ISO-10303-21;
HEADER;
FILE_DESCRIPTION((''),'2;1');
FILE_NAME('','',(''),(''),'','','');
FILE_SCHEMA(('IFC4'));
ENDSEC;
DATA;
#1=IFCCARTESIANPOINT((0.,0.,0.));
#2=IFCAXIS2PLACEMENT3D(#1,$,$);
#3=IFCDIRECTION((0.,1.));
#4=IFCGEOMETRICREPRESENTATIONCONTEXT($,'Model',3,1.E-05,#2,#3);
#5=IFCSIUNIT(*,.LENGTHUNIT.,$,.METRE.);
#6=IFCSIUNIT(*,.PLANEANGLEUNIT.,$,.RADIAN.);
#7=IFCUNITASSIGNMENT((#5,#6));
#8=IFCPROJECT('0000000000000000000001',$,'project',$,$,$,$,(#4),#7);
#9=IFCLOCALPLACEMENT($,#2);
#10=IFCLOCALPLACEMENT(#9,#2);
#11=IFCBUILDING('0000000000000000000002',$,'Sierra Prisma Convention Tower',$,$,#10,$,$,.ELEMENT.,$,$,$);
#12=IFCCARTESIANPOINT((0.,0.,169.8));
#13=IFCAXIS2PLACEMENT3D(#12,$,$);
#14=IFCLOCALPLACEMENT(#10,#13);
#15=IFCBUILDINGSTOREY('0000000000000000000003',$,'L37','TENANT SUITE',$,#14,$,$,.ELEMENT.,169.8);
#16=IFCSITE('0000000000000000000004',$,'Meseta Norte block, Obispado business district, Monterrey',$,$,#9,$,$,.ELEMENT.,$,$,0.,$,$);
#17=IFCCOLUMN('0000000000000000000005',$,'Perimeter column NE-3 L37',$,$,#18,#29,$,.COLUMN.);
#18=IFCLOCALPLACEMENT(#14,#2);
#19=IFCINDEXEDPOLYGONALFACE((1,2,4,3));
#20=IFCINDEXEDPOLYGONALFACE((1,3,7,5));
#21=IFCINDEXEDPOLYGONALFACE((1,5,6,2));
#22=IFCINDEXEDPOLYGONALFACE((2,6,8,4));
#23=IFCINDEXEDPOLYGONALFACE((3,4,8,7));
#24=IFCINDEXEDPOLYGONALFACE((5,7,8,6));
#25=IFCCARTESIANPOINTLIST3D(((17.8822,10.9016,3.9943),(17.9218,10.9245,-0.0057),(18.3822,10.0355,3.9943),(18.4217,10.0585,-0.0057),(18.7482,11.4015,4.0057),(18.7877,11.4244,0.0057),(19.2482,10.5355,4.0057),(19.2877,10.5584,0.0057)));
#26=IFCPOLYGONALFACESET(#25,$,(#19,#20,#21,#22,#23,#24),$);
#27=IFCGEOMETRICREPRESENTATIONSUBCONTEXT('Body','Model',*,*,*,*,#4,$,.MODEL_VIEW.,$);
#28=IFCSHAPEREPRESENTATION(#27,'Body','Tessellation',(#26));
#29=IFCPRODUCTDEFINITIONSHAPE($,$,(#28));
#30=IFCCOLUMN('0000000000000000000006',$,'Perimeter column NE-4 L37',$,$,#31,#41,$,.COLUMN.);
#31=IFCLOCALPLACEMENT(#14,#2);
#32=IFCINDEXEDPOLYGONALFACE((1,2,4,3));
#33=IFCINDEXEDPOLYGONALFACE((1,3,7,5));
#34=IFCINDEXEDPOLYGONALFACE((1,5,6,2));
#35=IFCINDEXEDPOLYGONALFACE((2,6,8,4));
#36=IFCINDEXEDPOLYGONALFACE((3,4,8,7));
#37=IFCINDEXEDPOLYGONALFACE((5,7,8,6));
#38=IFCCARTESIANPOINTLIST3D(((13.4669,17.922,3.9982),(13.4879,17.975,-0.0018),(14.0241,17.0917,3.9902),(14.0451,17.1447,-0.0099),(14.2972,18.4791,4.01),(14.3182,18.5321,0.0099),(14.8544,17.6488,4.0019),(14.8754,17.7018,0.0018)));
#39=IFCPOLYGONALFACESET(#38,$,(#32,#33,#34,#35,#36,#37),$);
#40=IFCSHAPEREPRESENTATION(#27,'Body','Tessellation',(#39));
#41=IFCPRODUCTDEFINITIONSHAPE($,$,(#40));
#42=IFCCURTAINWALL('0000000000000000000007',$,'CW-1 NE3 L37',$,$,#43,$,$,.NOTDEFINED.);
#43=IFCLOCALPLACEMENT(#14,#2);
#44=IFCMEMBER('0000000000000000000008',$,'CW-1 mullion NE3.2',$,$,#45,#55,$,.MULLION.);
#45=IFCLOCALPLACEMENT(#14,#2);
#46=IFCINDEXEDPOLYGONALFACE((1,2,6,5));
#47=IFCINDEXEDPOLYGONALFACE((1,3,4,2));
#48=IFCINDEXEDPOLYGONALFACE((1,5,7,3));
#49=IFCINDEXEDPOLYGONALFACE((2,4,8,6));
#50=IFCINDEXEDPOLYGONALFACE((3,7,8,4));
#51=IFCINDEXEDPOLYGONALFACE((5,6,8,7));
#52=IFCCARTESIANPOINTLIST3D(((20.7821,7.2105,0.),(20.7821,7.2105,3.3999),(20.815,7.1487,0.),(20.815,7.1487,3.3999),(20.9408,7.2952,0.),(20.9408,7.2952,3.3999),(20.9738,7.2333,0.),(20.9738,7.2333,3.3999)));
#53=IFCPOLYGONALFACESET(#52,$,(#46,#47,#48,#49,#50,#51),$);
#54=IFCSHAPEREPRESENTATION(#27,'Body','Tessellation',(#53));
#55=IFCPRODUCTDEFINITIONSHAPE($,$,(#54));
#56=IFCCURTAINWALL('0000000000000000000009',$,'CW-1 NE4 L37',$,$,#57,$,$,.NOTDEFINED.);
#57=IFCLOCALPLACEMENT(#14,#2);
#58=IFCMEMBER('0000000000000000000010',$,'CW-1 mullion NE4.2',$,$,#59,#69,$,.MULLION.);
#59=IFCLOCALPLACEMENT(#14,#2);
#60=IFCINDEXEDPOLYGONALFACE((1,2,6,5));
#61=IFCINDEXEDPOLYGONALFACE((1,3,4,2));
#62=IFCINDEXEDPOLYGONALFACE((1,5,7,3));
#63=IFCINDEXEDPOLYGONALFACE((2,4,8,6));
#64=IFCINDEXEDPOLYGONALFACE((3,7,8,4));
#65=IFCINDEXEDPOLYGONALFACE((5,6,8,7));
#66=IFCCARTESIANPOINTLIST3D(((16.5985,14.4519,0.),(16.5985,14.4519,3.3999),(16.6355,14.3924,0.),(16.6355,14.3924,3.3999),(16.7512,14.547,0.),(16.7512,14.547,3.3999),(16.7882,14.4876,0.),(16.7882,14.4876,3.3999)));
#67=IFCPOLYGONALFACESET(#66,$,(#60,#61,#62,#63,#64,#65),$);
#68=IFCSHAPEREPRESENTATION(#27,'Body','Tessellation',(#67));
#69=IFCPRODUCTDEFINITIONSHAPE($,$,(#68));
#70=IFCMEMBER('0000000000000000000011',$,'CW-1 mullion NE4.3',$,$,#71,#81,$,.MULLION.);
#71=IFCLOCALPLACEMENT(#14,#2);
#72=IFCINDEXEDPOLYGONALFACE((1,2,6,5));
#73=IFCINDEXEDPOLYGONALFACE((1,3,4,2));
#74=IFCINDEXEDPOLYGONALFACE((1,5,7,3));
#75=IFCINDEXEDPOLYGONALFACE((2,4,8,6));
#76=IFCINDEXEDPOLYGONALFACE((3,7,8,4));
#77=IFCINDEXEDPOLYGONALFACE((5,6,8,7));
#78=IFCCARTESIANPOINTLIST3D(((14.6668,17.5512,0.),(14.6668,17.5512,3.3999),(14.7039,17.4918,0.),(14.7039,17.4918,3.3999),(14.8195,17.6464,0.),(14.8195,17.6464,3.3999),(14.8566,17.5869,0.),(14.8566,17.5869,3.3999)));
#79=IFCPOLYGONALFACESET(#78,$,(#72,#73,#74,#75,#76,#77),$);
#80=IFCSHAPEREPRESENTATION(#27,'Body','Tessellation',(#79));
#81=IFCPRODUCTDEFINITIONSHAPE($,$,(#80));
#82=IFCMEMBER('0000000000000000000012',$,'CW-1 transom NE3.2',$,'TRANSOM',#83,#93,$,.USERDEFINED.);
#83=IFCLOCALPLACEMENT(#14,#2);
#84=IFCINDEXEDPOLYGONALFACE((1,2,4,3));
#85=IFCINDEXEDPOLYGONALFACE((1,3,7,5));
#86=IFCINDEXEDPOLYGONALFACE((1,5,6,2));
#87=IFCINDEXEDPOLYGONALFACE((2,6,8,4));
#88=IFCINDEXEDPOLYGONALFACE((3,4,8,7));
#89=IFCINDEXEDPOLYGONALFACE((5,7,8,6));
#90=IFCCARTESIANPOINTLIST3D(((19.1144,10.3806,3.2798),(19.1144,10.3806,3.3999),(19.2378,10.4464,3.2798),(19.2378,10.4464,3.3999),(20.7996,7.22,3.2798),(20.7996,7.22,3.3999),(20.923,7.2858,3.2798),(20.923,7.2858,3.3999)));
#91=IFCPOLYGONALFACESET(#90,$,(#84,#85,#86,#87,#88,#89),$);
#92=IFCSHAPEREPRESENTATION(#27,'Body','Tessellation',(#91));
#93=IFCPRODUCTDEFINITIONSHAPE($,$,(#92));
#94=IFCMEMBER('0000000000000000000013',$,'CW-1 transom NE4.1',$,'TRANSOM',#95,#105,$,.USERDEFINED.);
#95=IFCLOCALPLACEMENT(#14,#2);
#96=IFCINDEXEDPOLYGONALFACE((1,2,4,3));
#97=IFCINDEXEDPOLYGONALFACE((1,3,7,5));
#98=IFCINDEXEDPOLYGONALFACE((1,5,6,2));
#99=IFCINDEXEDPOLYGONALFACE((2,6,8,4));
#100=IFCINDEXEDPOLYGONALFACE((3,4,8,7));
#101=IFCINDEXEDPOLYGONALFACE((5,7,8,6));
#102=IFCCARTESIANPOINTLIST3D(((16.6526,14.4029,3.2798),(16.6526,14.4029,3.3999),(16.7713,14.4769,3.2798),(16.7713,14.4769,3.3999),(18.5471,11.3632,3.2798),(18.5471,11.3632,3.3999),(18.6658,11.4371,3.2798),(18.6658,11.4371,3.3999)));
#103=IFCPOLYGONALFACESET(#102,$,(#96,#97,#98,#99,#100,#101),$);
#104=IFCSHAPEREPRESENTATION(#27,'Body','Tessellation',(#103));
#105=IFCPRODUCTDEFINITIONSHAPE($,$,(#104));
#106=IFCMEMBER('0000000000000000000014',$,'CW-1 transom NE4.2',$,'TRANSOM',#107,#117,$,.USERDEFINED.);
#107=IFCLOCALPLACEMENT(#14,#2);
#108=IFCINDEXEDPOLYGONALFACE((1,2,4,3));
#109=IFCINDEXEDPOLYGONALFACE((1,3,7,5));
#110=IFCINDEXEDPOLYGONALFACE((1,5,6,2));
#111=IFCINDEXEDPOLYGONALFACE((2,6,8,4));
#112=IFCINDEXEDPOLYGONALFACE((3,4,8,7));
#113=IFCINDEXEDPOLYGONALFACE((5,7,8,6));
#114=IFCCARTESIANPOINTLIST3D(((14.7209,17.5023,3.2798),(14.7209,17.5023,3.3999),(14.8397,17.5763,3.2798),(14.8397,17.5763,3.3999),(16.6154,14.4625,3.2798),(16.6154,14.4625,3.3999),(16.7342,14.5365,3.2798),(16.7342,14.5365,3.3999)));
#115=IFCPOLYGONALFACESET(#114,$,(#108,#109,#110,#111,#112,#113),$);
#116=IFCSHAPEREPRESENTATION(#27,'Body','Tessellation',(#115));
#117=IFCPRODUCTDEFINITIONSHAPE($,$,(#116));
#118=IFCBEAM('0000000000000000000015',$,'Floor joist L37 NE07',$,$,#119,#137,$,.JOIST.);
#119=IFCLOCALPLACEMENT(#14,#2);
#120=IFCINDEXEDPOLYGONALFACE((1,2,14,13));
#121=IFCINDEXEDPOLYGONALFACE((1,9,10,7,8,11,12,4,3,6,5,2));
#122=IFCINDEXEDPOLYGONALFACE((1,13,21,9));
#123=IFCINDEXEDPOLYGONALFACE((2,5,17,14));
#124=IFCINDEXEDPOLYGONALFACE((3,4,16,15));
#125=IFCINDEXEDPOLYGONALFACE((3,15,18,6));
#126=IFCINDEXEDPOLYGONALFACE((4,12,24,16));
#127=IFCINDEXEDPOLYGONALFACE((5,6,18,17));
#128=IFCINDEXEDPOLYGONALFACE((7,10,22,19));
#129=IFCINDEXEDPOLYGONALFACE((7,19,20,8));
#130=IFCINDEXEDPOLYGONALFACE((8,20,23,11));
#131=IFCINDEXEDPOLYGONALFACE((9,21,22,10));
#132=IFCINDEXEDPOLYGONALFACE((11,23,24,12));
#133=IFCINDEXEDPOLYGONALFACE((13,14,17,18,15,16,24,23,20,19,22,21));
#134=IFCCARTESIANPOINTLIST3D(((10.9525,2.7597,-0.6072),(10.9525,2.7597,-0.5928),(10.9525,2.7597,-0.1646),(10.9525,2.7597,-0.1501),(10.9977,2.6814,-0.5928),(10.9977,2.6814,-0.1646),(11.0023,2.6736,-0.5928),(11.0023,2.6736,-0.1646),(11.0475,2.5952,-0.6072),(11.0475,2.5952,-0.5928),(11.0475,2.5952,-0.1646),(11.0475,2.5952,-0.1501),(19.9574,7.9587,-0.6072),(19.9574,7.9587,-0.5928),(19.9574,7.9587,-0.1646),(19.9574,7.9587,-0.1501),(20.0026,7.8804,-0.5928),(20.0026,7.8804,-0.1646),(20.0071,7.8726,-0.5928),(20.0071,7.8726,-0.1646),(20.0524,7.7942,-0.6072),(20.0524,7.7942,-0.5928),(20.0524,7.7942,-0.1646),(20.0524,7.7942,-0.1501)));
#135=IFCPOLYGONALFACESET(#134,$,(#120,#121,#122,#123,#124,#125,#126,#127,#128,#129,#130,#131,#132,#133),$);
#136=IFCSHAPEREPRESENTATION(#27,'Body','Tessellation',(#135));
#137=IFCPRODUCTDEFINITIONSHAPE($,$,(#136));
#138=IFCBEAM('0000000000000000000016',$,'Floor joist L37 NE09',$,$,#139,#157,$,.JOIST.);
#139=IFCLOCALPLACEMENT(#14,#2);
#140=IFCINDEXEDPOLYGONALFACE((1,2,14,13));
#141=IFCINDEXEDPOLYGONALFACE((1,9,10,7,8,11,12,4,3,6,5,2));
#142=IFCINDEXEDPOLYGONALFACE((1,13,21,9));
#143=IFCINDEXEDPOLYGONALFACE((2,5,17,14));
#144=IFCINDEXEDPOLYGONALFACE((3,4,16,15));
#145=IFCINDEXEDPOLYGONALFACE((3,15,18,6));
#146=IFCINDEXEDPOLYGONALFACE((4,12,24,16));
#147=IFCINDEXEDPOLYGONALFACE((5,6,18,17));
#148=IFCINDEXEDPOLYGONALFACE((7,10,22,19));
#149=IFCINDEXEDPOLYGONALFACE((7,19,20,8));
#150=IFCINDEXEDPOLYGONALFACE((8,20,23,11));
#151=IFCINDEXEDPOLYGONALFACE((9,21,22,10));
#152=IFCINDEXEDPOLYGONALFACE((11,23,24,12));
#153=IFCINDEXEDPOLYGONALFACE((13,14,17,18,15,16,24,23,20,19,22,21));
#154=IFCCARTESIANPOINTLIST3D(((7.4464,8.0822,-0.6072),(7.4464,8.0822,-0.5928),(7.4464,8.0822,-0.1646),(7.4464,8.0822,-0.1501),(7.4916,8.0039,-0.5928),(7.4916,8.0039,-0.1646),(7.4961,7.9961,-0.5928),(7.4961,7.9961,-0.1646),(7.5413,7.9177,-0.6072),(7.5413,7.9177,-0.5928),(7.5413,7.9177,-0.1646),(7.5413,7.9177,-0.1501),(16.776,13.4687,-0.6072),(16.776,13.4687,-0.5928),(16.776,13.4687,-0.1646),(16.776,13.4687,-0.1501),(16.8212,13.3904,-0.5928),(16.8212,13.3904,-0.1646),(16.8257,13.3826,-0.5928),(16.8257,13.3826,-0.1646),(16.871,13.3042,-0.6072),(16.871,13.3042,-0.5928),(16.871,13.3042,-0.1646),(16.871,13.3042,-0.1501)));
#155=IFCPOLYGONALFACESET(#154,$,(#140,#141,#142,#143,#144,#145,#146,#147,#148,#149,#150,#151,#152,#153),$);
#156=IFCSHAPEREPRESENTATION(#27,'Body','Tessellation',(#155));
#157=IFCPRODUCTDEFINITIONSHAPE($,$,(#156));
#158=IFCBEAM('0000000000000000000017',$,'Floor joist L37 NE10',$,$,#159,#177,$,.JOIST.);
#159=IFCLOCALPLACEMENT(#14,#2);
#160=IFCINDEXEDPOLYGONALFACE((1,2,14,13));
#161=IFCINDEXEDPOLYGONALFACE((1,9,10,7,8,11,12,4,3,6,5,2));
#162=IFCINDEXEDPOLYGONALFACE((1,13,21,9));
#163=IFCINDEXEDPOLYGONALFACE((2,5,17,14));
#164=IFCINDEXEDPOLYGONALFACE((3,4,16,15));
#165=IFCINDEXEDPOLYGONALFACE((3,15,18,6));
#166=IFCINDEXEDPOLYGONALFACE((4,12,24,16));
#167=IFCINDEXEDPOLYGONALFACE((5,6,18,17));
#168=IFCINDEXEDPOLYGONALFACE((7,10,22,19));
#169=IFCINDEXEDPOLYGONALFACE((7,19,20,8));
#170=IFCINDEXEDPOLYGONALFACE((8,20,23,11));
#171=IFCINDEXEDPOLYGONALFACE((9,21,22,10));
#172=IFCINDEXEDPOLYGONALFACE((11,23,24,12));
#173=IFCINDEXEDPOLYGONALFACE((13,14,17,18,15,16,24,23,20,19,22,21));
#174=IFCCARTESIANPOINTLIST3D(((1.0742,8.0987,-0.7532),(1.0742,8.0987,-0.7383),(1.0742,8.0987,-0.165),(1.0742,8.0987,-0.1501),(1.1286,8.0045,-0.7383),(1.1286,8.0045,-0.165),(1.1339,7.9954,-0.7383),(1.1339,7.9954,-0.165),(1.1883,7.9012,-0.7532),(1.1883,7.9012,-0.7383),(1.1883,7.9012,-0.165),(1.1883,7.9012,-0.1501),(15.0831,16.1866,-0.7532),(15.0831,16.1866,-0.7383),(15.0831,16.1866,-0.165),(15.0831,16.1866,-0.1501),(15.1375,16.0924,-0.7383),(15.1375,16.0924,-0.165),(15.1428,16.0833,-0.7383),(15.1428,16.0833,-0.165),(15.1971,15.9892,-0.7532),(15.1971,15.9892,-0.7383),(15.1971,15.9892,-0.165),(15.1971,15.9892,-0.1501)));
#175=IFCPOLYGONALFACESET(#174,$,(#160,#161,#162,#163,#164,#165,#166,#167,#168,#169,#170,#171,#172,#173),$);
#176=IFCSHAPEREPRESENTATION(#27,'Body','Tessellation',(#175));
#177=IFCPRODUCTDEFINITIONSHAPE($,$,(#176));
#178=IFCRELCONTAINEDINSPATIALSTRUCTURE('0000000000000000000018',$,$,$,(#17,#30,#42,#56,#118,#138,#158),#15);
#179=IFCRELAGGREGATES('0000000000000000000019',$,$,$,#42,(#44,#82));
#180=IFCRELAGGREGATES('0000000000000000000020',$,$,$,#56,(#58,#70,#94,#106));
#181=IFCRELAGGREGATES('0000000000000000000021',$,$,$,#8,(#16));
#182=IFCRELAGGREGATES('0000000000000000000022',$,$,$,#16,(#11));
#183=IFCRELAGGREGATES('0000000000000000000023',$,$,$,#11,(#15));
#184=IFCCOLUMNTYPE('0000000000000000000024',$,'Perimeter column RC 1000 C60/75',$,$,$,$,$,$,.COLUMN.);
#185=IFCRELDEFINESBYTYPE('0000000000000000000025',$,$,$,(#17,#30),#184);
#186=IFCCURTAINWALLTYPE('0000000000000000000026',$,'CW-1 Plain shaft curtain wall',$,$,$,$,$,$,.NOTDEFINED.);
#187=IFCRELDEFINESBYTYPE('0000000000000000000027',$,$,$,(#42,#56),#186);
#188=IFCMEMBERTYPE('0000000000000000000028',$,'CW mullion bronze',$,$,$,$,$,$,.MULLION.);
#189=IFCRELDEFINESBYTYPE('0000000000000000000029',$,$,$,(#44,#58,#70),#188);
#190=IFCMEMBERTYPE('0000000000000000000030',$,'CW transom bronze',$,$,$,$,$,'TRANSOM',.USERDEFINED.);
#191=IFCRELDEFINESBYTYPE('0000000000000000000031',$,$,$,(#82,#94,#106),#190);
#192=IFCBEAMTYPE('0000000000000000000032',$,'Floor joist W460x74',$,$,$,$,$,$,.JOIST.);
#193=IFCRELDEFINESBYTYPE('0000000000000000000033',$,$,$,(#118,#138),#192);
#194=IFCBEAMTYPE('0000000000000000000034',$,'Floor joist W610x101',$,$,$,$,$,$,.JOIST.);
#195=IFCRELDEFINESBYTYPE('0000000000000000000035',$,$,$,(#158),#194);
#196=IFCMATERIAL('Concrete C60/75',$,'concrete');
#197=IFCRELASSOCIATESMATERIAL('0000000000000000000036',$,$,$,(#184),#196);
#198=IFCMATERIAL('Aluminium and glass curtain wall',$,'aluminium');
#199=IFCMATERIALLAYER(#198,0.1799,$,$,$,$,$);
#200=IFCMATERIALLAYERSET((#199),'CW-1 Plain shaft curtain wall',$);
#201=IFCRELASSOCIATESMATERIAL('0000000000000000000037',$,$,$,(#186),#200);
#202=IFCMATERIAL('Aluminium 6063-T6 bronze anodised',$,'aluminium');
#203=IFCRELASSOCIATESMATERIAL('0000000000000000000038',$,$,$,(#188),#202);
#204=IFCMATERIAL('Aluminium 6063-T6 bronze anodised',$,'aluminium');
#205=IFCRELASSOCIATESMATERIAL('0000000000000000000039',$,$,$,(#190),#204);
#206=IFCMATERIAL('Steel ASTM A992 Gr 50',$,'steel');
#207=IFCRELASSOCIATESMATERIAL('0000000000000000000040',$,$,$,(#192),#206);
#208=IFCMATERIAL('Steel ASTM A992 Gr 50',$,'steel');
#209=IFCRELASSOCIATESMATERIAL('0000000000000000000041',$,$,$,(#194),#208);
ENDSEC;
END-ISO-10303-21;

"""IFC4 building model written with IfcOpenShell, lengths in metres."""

from ifc_helpers import new_model, si_unit, direction, frame, origin, origin_2d, place, context, subcontext, project, spatial, rectangle, i_section, extrude, material, layer, layer_set, material_profile, profile_set, type_object, element, aggregate, save


model = new_model("IFC4")

# Units and contexts
model_context = context("Model", 3, precision=1e-05, world=origin(), true_north=direction((0.0, 1.0)))
body_context = subcontext(model_context, "Body", "Model", "MODEL_VIEW")
ifc_project = project(units=[si_unit("LENGTHUNIT", "METRE"), si_unit("PLANEANGLEUNIT", "RADIAN")], contexts=[model_context])

# Site, building, storey
site_placement = place(None, origin())
site = spatial("IfcSite", under=ifc_project, at=site_placement, Name="Meseta Norte block, Obispado business district, Monterrey", CompositionType="ELEMENT", RefElevation=0.0)
building_placement = place(site_placement, origin())
building = spatial("IfcBuilding", under=site, at=building_placement, Name="Sierra Prisma Convention Tower", CompositionType="ELEMENT")
storey_placement = place(building_placement, frame((0.0, 0.0, 169.8)))
storey = spatial("IfcBuildingStorey", under=building, at=storey_placement, Name="L37", Description="TENANT SUITE", CompositionType="ELEMENT", Elevation=169.8)

# Columns
ifc_material_1 = material(Name="Concrete C60/75", Category="concrete")
ifc_material_profile_1 = material_profile(ifc_material_1, rectangle(XDim=1.0, YDim=1.0, at=origin_2d()), Name="Perimeter column RC 1000 C60/75")
ifc_profile_set_1 = profile_set([ifc_material_profile_1], Name="Concrete C60/75")
column_type = type_object("IfcColumnType", Name="Perimeter column RC 1000 C60/75", PredefinedType="COLUMN", material=ifc_profile_set_1)
column_1_placement = place(storey_placement, frame((18.6047, 10.7415, 0.0), z_axis=(-0.009887, -0.005737, 0.999935), x_axis=(-0.499976, 0.86604, 0.000025)))
element("IfcColumn", 1, at=column_1_placement, inside=storey, type_object=column_type, Name="Perimeter column NE-3 L37", PredefinedType="COLUMN", context=body_context, shape_type="SweptSolid", body=[
    extrude(rectangle(XDim=1.0, YDim=1.0, at=origin_2d()), origin(), (0.0, 0.0, 1.0), 4.0002),
])
column_2_placement = place(storey_placement, frame((14.1816, 17.8384, 0.0), z_axis=(-0.005248, -0.013243, 0.999899), x_axis=(-0.557217, 0.830328, 0.008073)))
element("IfcColumn", 2, at=column_2_placement, inside=storey, type_object=column_type, Name="Perimeter column NE-4 L37", PredefinedType="COLUMN", context=body_context, shape_type="SweptSolid", body=[
    extrude(rectangle(XDim=1.0, YDim=1.0, at=origin_2d()), origin(), (0.0, 0.0, 1.0), 4.0005),
])

# Curtain wall, member
ifc_material_2 = material(Name="Aluminium and glass curtain wall", Category="aluminium")
ifc_layer_1 = layer(ifc_material_2, 0.1799)
ifc_layer_set_1 = layer_set([ifc_layer_1], Name="CW-1 Plain shaft curtain wall")
curtain_wall_type = type_object("IfcCurtainWallType", Name="CW-1 Plain shaft curtain wall", PredefinedType="NOTDEFINED", material=ifc_layer_set_1)
curtain_wall_1_placement = place(storey_placement, origin())
curtain_wall_1 = element("IfcCurtainWall", 3, at=curtain_wall_1_placement, inside=storey, type_object=curtain_wall_type, Name="CW-1 NE3 L37", PredefinedType="NOTDEFINED")
ifc_material_3 = material(Name="Aluminium 6063-T6 bronze anodised", Category="aluminium")
ifc_material_profile_2 = material_profile(ifc_material_3, rectangle(XDim=0.1799, YDim=0.0701, at=origin_2d()), Name="ALU MULLION 70x180")
ifc_profile_set_2 = profile_set([ifc_material_profile_2], Name="Aluminium 6063-T6 bronze anodised")
member_type_1 = type_object("IfcMemberType", Name="CW mullion bronze", PredefinedType="MULLION", material=ifc_profile_set_2)
member_1_placement = place(storey_placement, frame((20.8779, 7.2219, 0.0), z_axis=(0.0, 0.0, 1.0), x_axis=(-0.88239, -0.470518, 0.0)))
member_1 = element("IfcMember", 4, at=member_1_placement, type_object=member_type_1, Name="CW-1 mullion NE3.2", PredefinedType="MULLION", context=body_context, shape_type="SweptSolid", body=[
    extrude(rectangle(XDim=0.1799, YDim=0.0701, at=origin_2d()), origin(), (0.0, 0.0, 1.0), 3.3999),
])

# Curtain wall, members
curtain_wall_2_placement = place(storey_placement, origin())
curtain_wall_2 = element("IfcCurtainWall", 5, at=curtain_wall_2_placement, inside=storey, type_object=curtain_wall_type, Name="CW-1 NE4 L37", PredefinedType="NOTDEFINED")
member_2_placement = place(storey_placement, frame((16.6934, 14.4697, 0.0), z_axis=(0.0, 0.0, 1.0), x_axis=(-0.848676, -0.528913, 0.0)))
member_2 = element("IfcMember", 6, at=member_2_placement, type_object=member_type_1, Name="CW-1 mullion NE4.2", PredefinedType="MULLION", context=body_context, shape_type="SweptSolid", body=[
    extrude(rectangle(XDim=0.1799, YDim=0.0701, at=origin_2d()), origin(), (0.0, 0.0, 1.0), 3.3999),
])
member_3_placement = place(storey_placement, frame((14.7617, 17.5691, 0.0), z_axis=(0.0, 0.0, 1.0), x_axis=(-0.848676, -0.528913, 0.0)))
member_3 = element("IfcMember", 7, at=member_3_placement, type_object=member_type_1, Name="CW-1 mullion NE4.3", PredefinedType="MULLION", context=body_context, shape_type="SweptSolid", body=[
    extrude(rectangle(XDim=0.1799, YDim=0.0701, at=origin_2d()), origin(), (0.0, 0.0, 1.0), 3.3999),
])

# Members
ifc_material_4 = material(Name="Aluminium 6063-T6 bronze anodised", Category="aluminium")
ifc_material_profile_3 = material_profile(ifc_material_4, rectangle(XDim=0.1399, YDim=0.1201, at=origin_2d()), Name="ALU TRANSOM 120x140")
ifc_profile_set_3 = profile_set([ifc_material_profile_3], Name="Aluminium 6063-T6 bronze anodised")
member_type_2 = type_object("IfcMemberType", Name="CW transom bronze", ElementType="TRANSOM", PredefinedType="USERDEFINED", material=ifc_profile_set_3)
member_4_placement = place(storey_placement, frame((20.8613, 7.2529, 3.3398), z_axis=(-0.470507, 0.882396, 0.0), x_axis=(-0.882396, -0.470507, 0.0)))
member_4 = element("IfcMember", 8, at=member_4_placement, type_object=member_type_2, Name="CW-1 transom NE3.2", ObjectType="TRANSOM", PredefinedType="USERDEFINED", context=body_context, shape_type="SweptSolid", body=[
    extrude(rectangle(XDim=0.1399, YDim=0.1201, at=origin_2d()), origin(), (0.0, 0.0, 1.0), 3.5818),
])
member_5_placement = place(storey_placement, frame((18.6064, 11.4001, 3.3398), z_axis=(-0.528926, 0.848668, 0.0), x_axis=(-0.848668, -0.528926, 0.0)))
member_5 = element("IfcMember", 9, at=member_5_placement, type_object=member_type_2, Name="CW-1 transom NE4.1", ObjectType="TRANSOM", PredefinedType="USERDEFINED", context=body_context, shape_type="SweptSolid", body=[
    extrude(rectangle(XDim=0.1399, YDim=0.1201, at=origin_2d()), origin(), (0.0, 0.0, 1.0), 3.5818),
])
member_6_placement = place(storey_placement, frame((16.6748, 14.4995, 3.3398), z_axis=(-0.528926, 0.848668, 0.0), x_axis=(-0.848668, -0.528926, 0.0)))
member_6 = element("IfcMember", 10, at=member_6_placement, type_object=member_type_2, Name="CW-1 transom NE4.2", ObjectType="TRANSOM", PredefinedType="USERDEFINED", context=body_context, shape_type="SweptSolid", body=[
    extrude(rectangle(XDim=0.1399, YDim=0.1201, at=origin_2d()), origin(), (0.0, 0.0, 1.0), 3.5818),
])

# Beams
ifc_material_5 = material(Name="Steel ASTM A992 Gr 50", Category="steel")
ifc_material_profile_4 = material_profile(ifc_material_5, i_section(OverallWidth=0.1899, OverallDepth=0.457, WebThickness=0.009, FlangeThickness=0.0144, at=origin_2d()), Name="W460x74")
ifc_profile_set_4 = profile_set([ifc_material_profile_4], Name="Steel ASTM A992 Gr 50")
beam_type_1 = type_object("IfcBeamType", Name="Floor joist W460x74", PredefinedType="JOIST", material=ifc_profile_set_4)
beam_1_placement = place(storey_placement, frame((20.0049, 7.8765, -0.3787), z_axis=(-0.866025, -0.5, 0.0), x_axis=(0.5, -0.866025, 0.0)))
element("IfcBeam", 11, at=beam_1_placement, inside=storey, type_object=beam_type_1, Name="Floor joist L37 NE07", PredefinedType="JOIST", context=body_context, shape_type="SweptSolid", body=[
    extrude(i_section(OverallWidth=0.1899, OverallDepth=0.457, WebThickness=0.009, FlangeThickness=0.0144, at=origin_2d()), origin(), (0.0, 0.0, 1.0), 10.3979),
])
beam_2_placement = place(storey_placement, frame((16.8235, 13.3865, -0.3787), z_axis=(-0.866024, -0.500002, 0.0), x_axis=(0.500002, -0.866024, 0.0)))
element("IfcBeam", 12, at=beam_2_placement, inside=storey, type_object=beam_type_1, Name="Floor joist L37 NE09", PredefinedType="JOIST", context=body_context, shape_type="SweptSolid", body=[
    extrude(i_section(OverallWidth=0.1899, OverallDepth=0.457, WebThickness=0.009, FlangeThickness=0.0144, at=origin_2d()), origin(), (0.0, 0.0, 1.0), 10.7729),
])
ifc_material_6 = material(Name="Steel ASTM A992 Gr 50", Category="steel")
ifc_material_profile_5 = material_profile(ifc_material_6, i_section(OverallWidth=0.228, OverallDepth=0.603, WebThickness=0.0105, FlangeThickness=0.0149, at=origin_2d()), Name="W610x101")
ifc_profile_set_5 = profile_set([ifc_material_profile_5], Name="Steel ASTM A992 Gr 50")
beam_type_2 = type_object("IfcBeamType", Name="Floor joist W610x101", PredefinedType="JOIST", material=ifc_profile_set_5)
beam_3_placement = place(storey_placement, frame((15.1401, 16.0879, -0.4517), z_axis=(-0.866028, -0.499996, 0.0), x_axis=(0.499996, -0.866028, 0.0)))
element("IfcBeam", 13, at=beam_3_placement, inside=storey, type_object=beam_type_2, Name="Floor joist L37 NE10", PredefinedType="JOIST", context=body_context, shape_type="SweptSolid", body=[
    extrude(i_section(OverallWidth=0.228, OverallDepth=0.603, WebThickness=0.0105, FlangeThickness=0.0149, at=origin_2d()), origin(), (0.0, 0.0, 1.0), 16.176),
])

aggregate(curtain_wall_1, [member_1, member_4])
aggregate(curtain_wall_2, [member_2, member_3, member_5, member_6])

save(model, "model.ifc")
